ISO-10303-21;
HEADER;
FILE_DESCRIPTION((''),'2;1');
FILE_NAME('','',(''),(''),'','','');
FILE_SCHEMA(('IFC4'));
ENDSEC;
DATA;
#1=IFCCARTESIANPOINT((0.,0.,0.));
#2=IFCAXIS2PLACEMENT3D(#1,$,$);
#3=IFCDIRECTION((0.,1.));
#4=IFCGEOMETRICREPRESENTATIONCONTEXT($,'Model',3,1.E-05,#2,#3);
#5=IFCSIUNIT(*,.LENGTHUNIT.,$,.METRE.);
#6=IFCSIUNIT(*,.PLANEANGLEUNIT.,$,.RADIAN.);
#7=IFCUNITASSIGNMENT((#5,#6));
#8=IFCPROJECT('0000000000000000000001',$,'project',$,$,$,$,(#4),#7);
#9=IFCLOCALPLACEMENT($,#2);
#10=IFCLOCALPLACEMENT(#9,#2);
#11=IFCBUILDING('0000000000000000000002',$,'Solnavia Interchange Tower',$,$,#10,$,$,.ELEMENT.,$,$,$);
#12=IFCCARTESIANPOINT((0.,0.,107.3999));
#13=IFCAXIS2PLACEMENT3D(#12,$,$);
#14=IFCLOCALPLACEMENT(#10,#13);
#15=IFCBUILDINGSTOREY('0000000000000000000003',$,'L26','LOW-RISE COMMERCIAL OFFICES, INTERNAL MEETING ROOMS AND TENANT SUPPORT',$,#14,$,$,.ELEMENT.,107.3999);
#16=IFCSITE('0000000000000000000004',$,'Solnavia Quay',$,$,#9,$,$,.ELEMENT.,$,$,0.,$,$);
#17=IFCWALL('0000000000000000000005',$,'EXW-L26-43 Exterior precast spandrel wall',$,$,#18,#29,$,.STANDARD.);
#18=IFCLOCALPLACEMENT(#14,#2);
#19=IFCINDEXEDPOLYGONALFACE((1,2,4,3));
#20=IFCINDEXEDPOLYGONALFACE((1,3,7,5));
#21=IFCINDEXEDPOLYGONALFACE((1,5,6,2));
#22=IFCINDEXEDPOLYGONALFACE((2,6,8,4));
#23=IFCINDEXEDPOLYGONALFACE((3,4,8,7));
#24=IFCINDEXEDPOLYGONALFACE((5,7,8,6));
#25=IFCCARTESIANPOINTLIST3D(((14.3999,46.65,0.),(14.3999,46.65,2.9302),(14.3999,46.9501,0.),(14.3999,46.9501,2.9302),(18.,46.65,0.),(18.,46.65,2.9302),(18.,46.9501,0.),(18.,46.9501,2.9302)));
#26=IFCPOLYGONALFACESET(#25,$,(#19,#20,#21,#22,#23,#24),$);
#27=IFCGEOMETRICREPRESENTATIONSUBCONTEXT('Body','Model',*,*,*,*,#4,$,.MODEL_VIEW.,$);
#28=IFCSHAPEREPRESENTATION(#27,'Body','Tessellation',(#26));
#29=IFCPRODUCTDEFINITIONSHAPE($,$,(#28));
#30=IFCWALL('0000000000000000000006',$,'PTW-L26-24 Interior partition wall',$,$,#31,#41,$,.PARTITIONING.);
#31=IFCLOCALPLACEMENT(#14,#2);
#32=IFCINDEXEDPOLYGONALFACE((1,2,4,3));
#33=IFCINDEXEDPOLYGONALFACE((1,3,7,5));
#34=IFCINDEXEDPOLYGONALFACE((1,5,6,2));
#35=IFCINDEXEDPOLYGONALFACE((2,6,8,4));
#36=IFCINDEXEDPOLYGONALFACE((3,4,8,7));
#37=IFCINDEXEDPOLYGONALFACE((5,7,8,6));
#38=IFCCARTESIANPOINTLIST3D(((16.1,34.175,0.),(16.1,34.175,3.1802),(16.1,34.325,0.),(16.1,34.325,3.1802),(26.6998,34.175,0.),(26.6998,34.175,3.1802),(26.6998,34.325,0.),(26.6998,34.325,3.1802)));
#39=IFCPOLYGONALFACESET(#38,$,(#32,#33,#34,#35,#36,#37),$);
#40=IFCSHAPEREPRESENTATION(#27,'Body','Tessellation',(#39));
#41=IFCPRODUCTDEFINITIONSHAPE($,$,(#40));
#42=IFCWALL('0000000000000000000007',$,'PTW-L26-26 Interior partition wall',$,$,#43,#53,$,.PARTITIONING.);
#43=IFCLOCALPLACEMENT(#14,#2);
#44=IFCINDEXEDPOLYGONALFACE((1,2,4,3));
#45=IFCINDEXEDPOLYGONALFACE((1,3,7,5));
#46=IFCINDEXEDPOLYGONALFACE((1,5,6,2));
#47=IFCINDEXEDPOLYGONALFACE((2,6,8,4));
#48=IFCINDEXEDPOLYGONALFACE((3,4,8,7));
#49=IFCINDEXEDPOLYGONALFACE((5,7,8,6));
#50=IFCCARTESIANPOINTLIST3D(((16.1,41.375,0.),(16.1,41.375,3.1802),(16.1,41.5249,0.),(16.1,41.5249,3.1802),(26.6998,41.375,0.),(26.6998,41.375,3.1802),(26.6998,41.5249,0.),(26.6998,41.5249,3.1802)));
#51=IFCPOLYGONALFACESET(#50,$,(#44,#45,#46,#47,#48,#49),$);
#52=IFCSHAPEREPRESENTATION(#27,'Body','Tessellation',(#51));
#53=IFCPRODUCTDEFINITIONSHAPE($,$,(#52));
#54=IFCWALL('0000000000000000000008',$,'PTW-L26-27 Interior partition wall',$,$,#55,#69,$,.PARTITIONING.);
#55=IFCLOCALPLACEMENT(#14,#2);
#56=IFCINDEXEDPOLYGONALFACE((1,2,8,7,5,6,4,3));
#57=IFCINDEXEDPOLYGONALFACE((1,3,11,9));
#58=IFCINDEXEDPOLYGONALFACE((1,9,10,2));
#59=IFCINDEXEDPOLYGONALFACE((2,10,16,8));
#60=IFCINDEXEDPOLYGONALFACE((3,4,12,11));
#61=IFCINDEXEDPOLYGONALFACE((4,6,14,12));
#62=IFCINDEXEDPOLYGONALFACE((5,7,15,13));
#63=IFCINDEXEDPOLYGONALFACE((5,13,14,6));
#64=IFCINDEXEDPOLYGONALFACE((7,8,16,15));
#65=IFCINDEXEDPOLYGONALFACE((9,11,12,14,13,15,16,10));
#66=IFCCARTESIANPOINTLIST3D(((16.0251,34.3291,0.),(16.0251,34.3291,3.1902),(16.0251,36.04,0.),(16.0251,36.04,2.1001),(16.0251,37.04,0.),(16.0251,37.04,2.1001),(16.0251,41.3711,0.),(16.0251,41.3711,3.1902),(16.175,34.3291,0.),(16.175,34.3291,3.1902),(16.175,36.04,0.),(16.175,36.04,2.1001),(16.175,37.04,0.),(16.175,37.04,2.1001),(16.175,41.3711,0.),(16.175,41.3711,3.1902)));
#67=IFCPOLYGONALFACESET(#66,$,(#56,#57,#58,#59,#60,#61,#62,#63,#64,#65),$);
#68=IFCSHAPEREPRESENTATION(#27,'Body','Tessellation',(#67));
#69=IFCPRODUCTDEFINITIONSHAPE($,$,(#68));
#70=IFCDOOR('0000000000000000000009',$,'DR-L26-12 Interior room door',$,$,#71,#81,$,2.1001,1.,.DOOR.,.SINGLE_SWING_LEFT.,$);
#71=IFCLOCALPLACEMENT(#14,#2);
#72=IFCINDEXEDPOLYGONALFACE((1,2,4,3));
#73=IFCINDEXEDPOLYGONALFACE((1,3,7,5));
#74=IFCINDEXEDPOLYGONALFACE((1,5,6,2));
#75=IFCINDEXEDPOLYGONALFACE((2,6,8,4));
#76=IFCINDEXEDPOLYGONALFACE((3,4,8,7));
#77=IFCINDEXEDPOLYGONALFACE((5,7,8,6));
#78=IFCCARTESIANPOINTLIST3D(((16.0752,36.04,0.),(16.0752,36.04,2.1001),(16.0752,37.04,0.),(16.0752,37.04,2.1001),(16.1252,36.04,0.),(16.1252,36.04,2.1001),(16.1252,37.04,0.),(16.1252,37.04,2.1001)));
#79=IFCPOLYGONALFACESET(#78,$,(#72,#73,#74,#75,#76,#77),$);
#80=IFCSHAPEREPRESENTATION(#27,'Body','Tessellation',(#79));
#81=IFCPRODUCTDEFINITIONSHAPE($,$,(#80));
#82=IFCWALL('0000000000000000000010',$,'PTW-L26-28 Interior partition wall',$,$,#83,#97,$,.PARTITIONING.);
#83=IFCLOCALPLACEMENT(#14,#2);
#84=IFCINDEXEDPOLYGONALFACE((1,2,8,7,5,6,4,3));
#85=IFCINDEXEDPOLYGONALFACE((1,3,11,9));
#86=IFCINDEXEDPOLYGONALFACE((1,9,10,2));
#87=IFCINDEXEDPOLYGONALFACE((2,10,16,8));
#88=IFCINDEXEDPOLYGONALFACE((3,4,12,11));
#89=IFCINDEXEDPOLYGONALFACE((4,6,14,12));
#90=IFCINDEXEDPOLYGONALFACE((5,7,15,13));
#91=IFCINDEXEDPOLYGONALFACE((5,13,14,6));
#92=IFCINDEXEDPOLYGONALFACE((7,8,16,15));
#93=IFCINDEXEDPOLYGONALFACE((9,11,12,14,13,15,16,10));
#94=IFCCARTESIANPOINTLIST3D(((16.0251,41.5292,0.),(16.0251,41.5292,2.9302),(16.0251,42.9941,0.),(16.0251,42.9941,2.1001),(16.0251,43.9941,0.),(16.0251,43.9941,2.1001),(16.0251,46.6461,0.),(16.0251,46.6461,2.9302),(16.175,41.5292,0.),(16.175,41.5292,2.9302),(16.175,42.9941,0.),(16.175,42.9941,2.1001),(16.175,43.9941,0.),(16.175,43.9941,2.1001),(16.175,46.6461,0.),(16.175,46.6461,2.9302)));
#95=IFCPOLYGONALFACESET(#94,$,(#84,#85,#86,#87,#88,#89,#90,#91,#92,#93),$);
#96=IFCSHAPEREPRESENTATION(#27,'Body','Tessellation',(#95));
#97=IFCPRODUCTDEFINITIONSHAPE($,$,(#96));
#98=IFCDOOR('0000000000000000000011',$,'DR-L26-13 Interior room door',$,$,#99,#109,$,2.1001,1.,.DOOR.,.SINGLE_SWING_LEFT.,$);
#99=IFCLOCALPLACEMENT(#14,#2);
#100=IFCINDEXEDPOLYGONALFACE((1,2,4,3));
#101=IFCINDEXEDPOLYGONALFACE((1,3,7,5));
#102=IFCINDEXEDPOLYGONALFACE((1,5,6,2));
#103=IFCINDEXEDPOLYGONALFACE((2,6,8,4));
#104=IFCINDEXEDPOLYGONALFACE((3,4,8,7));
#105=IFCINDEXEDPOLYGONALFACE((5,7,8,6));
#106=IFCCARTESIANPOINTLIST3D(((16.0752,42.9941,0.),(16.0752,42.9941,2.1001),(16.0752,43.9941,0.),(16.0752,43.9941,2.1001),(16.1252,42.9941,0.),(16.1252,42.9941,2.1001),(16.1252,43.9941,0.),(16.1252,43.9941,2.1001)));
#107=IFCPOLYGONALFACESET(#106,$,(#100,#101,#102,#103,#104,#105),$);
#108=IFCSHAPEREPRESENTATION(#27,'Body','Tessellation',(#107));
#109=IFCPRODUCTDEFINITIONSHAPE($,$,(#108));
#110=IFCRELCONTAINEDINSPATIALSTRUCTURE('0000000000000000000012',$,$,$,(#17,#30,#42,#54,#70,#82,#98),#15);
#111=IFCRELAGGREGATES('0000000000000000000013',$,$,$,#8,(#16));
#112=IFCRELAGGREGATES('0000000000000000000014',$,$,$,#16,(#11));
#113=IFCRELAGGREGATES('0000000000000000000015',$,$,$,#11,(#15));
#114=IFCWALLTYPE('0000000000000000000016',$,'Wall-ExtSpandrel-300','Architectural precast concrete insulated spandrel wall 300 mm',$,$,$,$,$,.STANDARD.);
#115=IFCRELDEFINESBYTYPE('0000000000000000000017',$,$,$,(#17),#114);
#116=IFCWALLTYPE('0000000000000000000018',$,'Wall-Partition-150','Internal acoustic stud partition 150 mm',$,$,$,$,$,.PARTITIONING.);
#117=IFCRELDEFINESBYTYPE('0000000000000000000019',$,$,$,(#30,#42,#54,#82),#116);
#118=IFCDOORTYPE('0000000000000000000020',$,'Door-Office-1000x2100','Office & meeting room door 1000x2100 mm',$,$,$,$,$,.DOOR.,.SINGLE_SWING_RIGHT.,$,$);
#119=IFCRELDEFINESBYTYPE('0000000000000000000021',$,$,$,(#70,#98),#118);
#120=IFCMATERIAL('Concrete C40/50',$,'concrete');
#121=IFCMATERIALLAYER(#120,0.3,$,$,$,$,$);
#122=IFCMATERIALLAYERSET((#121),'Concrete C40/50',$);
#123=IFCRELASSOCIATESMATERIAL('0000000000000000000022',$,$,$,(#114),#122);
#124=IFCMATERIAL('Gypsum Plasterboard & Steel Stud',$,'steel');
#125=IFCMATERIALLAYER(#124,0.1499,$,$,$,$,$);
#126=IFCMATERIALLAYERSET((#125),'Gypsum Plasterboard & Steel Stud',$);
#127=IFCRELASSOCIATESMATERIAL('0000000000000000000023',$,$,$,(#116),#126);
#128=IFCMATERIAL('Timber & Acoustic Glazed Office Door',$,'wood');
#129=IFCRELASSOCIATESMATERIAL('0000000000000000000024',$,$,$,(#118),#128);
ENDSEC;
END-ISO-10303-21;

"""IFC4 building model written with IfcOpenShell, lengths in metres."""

from ifc_helpers import new_model, si_unit, direction, frame, frame_2d, origin, place, context, subcontext, project, spatial, rectangle, extrude, material, layer, layer_set, type_object, element, fill, save


model = new_model("IFC4")

# Units and contexts
model_context = context("Model", 3, precision=1e-05, world=origin(), true_north=direction((0.0, 1.0)))
body_context = subcontext(model_context, "Body", "Model", "MODEL_VIEW")
ifc_project = project(units=[si_unit("LENGTHUNIT", "METRE"), si_unit("PLANEANGLEUNIT", "RADIAN")], contexts=[model_context])

# Site, building, storey
site_placement = place(None, origin())
site = spatial("IfcSite", under=ifc_project, at=site_placement, Name="Solnavia Quay", CompositionType="ELEMENT", RefElevation=0.0)
building_placement = place(site_placement, origin())
building = spatial("IfcBuilding", under=site, at=building_placement, Name="Solnavia Interchange Tower", CompositionType="ELEMENT")
storey_placement = place(building_placement, frame((0.0, 0.0, 107.3999)))
storey = spatial("IfcBuildingStorey", under=building, at=storey_placement, Name="L26", Description="LOW-RISE COMMERCIAL OFFICES, INTERNAL MEETING ROOMS AND TENANT SUPPORT", CompositionType="ELEMENT", Elevation=107.3999)

# Walls
ifc_material_1 = material(Name="Concrete C40/50", Category="concrete")
ifc_layer_1 = layer(ifc_material_1, 0.3)
ifc_layer_set_1 = layer_set([ifc_layer_1], Name="Concrete C40/50")
wall_type_1 = type_object("IfcWallType", Name="Wall-ExtSpandrel-300", Description="Architectural precast concrete insulated spandrel wall 300 mm", PredefinedType="STANDARD", material=ifc_layer_set_1)
for number, where, z_axis, x_axis, name in (
    (1, (14.3999, 46.8, 0.0), (0.0, 0.0, 1.0), (1.0, 0.0, 0.0), "EXW-L26-43 Exterior precast spandrel wall"),
):
    element("IfcWall", number, at=place(storey_placement, frame(where, z_axis=z_axis, x_axis=x_axis)), inside=storey, type_object=wall_type_1, Name=name, PredefinedType="STANDARD", context=body_context, shape_type="SweptSolid", body=[
        extrude(rectangle(XDim=3.6001, YDim=0.3, at=frame_2d((1.8, 0.0))), origin(), (0.0, 0.0, 1.0), 2.9302),
    ])
ifc_material_2 = material(Name="Gypsum Plasterboard & Steel Stud", Category="steel")
ifc_layer_2 = layer(ifc_material_2, 0.1499)
ifc_layer_set_2 = layer_set([ifc_layer_2], Name="Gypsum Plasterboard & Steel Stud")
wall_type_2 = type_object("IfcWallType", Name="Wall-Partition-150", Description="Internal acoustic stud partition 150 mm", PredefinedType="PARTITIONING", material=ifc_layer_set_2)
for number, where, z_axis, x_axis, name in (
    (2, (16.1001, 34.25, 0.0), (0.0, 0.0, 1.0), (1.0, 0.0, 0.0), "PTW-L26-24 Interior partition wall"),
    (3, (16.1001, 41.45, 0.0), (0.0, 0.0, 1.0), (1.0, 0.0, 0.0), "PTW-L26-26 Interior partition wall"),
):
    element("IfcWall", number, at=place(storey_placement, frame(where, z_axis=z_axis, x_axis=x_axis)), inside=storey, type_object=wall_type_2, Name=name, PredefinedType="PARTITIONING", context=body_context, shape_type="SweptSolid", body=[
        extrude(rectangle(XDim=10.5999, YDim=0.1499, at=frame_2d((5.2998, 0.0))), origin(), (0.0, 0.0, 1.0), 3.1802),
    ])

# Walls, openings, doors
wall_1_placement = place(storey_placement, frame((16.1001, 34.3291, 0.0), z_axis=(0.0, 0.0, 1.0), x_axis=(0.0, 1.0, 0.0)))
wall_1 = element("IfcWall", 4, at=wall_1_placement, inside=storey, type_object=wall_type_2, Name="PTW-L26-27 Interior partition wall", PredefinedType="PARTITIONING", context=body_context, shape_type="SweptSolid", body=[
    extrude(rectangle(XDim=7.042, YDim=0.1499, at=frame_2d((3.521, 0.0))), origin(), (0.0, 0.0, 1.0), 3.1902),
])
opening_1_placement = place(wall_1_placement, frame((1.7109, 0.0, 0.0)))
opening_1 = element("IfcOpeningElement", 5, at=opening_1_placement, cuts=wall_1, PredefinedType="OPENING", context=body_context, shape_type="SweptSolid", body=[
    extrude(rectangle(XDim=1.0, YDim=2.1001, at=frame_2d((0.5, 1.05))), frame((0.0, 0.085, 0.0), z_axis=(0.0, -1.0, 0.0), x_axis=(1.0, 0.0, 0.0)), (0.0, 0.0, 1.0), 0.1699),
])
ifc_material_3 = material(Name="Timber & Acoustic Glazed Office Door", Category="wood")
door_type = type_object("IfcDoorType", Name="Door-Office-1000x2100", Description="Office & meeting room door 1000x2100 mm", OperationType="SINGLE_SWING_RIGHT", PredefinedType="DOOR", material=ifc_material_3)
door_1_placement = place(opening_1_placement, origin())
door_1 = element("IfcDoor", 6, at=door_1_placement, inside=storey, type_object=door_type, Name="DR-L26-12 Interior room door", OperationType="SINGLE_SWING_LEFT", OverallHeight=2.1001, OverallWidth=1.0, PredefinedType="DOOR", context=body_context, shape_type="SweptSolid", body=[
    extrude(rectangle(XDim=1.0, YDim=2.1001, at=frame_2d((0.5, 1.05))), frame((0.0, 0.0249, 0.0), z_axis=(0.0, -1.0, 0.0), x_axis=(1.0, 0.0, 0.0)), (0.0, 0.0, 1.0), 0.05),
])
fill(opening_1, door_1)
wall_2_placement = place(storey_placement, frame((16.1001, 41.5291, 0.0), z_axis=(0.0, 0.0, 1.0), x_axis=(0.0, 1.0, 0.0)))
wall_2 = element("IfcWall", 7, at=wall_2_placement, inside=storey, type_object=wall_type_2, Name="PTW-L26-28 Interior partition wall", PredefinedType="PARTITIONING", context=body_context, shape_type="SweptSolid", body=[
    extrude(rectangle(XDim=5.1169, YDim=0.1499, at=frame_2d((2.5586, 0.0))), origin(), (0.0, 0.0, 1.0), 2.9302),
])
opening_2_placement = place(wall_2_placement, frame((1.4651, 0.0, 0.0)))
opening_2 = element("IfcOpeningElement", 8, at=opening_2_placement, cuts=wall_2, PredefinedType="OPENING", context=body_context, shape_type="SweptSolid", body=[
    extrude(rectangle(XDim=1.0, YDim=2.1001, at=frame_2d((0.5, 1.05))), frame((0.0, 0.085, 0.0), z_axis=(0.0, -1.0, 0.0), x_axis=(1.0, 0.0, 0.0)), (0.0, 0.0, 1.0), 0.1699),
])
door_2_placement = place(opening_2_placement, origin())
door_2 = element("IfcDoor", 9, at=door_2_placement, inside=storey, type_object=door_type, Name="DR-L26-13 Interior room door", OperationType="SINGLE_SWING_LEFT", OverallHeight=2.1001, OverallWidth=1.0, PredefinedType="DOOR", context=body_context, shape_type="SweptSolid", body=[
    extrude(rectangle(XDim=1.0, YDim=2.1001, at=frame_2d((0.5, 1.05))), frame((0.0, 0.0249, 0.0), z_axis=(0.0, -1.0, 0.0), x_axis=(1.0, 0.0, 0.0)), (0.0, 0.0, 1.0), 0.05),
])
fill(opening_2, door_2)

save(model, "model.ifc")
